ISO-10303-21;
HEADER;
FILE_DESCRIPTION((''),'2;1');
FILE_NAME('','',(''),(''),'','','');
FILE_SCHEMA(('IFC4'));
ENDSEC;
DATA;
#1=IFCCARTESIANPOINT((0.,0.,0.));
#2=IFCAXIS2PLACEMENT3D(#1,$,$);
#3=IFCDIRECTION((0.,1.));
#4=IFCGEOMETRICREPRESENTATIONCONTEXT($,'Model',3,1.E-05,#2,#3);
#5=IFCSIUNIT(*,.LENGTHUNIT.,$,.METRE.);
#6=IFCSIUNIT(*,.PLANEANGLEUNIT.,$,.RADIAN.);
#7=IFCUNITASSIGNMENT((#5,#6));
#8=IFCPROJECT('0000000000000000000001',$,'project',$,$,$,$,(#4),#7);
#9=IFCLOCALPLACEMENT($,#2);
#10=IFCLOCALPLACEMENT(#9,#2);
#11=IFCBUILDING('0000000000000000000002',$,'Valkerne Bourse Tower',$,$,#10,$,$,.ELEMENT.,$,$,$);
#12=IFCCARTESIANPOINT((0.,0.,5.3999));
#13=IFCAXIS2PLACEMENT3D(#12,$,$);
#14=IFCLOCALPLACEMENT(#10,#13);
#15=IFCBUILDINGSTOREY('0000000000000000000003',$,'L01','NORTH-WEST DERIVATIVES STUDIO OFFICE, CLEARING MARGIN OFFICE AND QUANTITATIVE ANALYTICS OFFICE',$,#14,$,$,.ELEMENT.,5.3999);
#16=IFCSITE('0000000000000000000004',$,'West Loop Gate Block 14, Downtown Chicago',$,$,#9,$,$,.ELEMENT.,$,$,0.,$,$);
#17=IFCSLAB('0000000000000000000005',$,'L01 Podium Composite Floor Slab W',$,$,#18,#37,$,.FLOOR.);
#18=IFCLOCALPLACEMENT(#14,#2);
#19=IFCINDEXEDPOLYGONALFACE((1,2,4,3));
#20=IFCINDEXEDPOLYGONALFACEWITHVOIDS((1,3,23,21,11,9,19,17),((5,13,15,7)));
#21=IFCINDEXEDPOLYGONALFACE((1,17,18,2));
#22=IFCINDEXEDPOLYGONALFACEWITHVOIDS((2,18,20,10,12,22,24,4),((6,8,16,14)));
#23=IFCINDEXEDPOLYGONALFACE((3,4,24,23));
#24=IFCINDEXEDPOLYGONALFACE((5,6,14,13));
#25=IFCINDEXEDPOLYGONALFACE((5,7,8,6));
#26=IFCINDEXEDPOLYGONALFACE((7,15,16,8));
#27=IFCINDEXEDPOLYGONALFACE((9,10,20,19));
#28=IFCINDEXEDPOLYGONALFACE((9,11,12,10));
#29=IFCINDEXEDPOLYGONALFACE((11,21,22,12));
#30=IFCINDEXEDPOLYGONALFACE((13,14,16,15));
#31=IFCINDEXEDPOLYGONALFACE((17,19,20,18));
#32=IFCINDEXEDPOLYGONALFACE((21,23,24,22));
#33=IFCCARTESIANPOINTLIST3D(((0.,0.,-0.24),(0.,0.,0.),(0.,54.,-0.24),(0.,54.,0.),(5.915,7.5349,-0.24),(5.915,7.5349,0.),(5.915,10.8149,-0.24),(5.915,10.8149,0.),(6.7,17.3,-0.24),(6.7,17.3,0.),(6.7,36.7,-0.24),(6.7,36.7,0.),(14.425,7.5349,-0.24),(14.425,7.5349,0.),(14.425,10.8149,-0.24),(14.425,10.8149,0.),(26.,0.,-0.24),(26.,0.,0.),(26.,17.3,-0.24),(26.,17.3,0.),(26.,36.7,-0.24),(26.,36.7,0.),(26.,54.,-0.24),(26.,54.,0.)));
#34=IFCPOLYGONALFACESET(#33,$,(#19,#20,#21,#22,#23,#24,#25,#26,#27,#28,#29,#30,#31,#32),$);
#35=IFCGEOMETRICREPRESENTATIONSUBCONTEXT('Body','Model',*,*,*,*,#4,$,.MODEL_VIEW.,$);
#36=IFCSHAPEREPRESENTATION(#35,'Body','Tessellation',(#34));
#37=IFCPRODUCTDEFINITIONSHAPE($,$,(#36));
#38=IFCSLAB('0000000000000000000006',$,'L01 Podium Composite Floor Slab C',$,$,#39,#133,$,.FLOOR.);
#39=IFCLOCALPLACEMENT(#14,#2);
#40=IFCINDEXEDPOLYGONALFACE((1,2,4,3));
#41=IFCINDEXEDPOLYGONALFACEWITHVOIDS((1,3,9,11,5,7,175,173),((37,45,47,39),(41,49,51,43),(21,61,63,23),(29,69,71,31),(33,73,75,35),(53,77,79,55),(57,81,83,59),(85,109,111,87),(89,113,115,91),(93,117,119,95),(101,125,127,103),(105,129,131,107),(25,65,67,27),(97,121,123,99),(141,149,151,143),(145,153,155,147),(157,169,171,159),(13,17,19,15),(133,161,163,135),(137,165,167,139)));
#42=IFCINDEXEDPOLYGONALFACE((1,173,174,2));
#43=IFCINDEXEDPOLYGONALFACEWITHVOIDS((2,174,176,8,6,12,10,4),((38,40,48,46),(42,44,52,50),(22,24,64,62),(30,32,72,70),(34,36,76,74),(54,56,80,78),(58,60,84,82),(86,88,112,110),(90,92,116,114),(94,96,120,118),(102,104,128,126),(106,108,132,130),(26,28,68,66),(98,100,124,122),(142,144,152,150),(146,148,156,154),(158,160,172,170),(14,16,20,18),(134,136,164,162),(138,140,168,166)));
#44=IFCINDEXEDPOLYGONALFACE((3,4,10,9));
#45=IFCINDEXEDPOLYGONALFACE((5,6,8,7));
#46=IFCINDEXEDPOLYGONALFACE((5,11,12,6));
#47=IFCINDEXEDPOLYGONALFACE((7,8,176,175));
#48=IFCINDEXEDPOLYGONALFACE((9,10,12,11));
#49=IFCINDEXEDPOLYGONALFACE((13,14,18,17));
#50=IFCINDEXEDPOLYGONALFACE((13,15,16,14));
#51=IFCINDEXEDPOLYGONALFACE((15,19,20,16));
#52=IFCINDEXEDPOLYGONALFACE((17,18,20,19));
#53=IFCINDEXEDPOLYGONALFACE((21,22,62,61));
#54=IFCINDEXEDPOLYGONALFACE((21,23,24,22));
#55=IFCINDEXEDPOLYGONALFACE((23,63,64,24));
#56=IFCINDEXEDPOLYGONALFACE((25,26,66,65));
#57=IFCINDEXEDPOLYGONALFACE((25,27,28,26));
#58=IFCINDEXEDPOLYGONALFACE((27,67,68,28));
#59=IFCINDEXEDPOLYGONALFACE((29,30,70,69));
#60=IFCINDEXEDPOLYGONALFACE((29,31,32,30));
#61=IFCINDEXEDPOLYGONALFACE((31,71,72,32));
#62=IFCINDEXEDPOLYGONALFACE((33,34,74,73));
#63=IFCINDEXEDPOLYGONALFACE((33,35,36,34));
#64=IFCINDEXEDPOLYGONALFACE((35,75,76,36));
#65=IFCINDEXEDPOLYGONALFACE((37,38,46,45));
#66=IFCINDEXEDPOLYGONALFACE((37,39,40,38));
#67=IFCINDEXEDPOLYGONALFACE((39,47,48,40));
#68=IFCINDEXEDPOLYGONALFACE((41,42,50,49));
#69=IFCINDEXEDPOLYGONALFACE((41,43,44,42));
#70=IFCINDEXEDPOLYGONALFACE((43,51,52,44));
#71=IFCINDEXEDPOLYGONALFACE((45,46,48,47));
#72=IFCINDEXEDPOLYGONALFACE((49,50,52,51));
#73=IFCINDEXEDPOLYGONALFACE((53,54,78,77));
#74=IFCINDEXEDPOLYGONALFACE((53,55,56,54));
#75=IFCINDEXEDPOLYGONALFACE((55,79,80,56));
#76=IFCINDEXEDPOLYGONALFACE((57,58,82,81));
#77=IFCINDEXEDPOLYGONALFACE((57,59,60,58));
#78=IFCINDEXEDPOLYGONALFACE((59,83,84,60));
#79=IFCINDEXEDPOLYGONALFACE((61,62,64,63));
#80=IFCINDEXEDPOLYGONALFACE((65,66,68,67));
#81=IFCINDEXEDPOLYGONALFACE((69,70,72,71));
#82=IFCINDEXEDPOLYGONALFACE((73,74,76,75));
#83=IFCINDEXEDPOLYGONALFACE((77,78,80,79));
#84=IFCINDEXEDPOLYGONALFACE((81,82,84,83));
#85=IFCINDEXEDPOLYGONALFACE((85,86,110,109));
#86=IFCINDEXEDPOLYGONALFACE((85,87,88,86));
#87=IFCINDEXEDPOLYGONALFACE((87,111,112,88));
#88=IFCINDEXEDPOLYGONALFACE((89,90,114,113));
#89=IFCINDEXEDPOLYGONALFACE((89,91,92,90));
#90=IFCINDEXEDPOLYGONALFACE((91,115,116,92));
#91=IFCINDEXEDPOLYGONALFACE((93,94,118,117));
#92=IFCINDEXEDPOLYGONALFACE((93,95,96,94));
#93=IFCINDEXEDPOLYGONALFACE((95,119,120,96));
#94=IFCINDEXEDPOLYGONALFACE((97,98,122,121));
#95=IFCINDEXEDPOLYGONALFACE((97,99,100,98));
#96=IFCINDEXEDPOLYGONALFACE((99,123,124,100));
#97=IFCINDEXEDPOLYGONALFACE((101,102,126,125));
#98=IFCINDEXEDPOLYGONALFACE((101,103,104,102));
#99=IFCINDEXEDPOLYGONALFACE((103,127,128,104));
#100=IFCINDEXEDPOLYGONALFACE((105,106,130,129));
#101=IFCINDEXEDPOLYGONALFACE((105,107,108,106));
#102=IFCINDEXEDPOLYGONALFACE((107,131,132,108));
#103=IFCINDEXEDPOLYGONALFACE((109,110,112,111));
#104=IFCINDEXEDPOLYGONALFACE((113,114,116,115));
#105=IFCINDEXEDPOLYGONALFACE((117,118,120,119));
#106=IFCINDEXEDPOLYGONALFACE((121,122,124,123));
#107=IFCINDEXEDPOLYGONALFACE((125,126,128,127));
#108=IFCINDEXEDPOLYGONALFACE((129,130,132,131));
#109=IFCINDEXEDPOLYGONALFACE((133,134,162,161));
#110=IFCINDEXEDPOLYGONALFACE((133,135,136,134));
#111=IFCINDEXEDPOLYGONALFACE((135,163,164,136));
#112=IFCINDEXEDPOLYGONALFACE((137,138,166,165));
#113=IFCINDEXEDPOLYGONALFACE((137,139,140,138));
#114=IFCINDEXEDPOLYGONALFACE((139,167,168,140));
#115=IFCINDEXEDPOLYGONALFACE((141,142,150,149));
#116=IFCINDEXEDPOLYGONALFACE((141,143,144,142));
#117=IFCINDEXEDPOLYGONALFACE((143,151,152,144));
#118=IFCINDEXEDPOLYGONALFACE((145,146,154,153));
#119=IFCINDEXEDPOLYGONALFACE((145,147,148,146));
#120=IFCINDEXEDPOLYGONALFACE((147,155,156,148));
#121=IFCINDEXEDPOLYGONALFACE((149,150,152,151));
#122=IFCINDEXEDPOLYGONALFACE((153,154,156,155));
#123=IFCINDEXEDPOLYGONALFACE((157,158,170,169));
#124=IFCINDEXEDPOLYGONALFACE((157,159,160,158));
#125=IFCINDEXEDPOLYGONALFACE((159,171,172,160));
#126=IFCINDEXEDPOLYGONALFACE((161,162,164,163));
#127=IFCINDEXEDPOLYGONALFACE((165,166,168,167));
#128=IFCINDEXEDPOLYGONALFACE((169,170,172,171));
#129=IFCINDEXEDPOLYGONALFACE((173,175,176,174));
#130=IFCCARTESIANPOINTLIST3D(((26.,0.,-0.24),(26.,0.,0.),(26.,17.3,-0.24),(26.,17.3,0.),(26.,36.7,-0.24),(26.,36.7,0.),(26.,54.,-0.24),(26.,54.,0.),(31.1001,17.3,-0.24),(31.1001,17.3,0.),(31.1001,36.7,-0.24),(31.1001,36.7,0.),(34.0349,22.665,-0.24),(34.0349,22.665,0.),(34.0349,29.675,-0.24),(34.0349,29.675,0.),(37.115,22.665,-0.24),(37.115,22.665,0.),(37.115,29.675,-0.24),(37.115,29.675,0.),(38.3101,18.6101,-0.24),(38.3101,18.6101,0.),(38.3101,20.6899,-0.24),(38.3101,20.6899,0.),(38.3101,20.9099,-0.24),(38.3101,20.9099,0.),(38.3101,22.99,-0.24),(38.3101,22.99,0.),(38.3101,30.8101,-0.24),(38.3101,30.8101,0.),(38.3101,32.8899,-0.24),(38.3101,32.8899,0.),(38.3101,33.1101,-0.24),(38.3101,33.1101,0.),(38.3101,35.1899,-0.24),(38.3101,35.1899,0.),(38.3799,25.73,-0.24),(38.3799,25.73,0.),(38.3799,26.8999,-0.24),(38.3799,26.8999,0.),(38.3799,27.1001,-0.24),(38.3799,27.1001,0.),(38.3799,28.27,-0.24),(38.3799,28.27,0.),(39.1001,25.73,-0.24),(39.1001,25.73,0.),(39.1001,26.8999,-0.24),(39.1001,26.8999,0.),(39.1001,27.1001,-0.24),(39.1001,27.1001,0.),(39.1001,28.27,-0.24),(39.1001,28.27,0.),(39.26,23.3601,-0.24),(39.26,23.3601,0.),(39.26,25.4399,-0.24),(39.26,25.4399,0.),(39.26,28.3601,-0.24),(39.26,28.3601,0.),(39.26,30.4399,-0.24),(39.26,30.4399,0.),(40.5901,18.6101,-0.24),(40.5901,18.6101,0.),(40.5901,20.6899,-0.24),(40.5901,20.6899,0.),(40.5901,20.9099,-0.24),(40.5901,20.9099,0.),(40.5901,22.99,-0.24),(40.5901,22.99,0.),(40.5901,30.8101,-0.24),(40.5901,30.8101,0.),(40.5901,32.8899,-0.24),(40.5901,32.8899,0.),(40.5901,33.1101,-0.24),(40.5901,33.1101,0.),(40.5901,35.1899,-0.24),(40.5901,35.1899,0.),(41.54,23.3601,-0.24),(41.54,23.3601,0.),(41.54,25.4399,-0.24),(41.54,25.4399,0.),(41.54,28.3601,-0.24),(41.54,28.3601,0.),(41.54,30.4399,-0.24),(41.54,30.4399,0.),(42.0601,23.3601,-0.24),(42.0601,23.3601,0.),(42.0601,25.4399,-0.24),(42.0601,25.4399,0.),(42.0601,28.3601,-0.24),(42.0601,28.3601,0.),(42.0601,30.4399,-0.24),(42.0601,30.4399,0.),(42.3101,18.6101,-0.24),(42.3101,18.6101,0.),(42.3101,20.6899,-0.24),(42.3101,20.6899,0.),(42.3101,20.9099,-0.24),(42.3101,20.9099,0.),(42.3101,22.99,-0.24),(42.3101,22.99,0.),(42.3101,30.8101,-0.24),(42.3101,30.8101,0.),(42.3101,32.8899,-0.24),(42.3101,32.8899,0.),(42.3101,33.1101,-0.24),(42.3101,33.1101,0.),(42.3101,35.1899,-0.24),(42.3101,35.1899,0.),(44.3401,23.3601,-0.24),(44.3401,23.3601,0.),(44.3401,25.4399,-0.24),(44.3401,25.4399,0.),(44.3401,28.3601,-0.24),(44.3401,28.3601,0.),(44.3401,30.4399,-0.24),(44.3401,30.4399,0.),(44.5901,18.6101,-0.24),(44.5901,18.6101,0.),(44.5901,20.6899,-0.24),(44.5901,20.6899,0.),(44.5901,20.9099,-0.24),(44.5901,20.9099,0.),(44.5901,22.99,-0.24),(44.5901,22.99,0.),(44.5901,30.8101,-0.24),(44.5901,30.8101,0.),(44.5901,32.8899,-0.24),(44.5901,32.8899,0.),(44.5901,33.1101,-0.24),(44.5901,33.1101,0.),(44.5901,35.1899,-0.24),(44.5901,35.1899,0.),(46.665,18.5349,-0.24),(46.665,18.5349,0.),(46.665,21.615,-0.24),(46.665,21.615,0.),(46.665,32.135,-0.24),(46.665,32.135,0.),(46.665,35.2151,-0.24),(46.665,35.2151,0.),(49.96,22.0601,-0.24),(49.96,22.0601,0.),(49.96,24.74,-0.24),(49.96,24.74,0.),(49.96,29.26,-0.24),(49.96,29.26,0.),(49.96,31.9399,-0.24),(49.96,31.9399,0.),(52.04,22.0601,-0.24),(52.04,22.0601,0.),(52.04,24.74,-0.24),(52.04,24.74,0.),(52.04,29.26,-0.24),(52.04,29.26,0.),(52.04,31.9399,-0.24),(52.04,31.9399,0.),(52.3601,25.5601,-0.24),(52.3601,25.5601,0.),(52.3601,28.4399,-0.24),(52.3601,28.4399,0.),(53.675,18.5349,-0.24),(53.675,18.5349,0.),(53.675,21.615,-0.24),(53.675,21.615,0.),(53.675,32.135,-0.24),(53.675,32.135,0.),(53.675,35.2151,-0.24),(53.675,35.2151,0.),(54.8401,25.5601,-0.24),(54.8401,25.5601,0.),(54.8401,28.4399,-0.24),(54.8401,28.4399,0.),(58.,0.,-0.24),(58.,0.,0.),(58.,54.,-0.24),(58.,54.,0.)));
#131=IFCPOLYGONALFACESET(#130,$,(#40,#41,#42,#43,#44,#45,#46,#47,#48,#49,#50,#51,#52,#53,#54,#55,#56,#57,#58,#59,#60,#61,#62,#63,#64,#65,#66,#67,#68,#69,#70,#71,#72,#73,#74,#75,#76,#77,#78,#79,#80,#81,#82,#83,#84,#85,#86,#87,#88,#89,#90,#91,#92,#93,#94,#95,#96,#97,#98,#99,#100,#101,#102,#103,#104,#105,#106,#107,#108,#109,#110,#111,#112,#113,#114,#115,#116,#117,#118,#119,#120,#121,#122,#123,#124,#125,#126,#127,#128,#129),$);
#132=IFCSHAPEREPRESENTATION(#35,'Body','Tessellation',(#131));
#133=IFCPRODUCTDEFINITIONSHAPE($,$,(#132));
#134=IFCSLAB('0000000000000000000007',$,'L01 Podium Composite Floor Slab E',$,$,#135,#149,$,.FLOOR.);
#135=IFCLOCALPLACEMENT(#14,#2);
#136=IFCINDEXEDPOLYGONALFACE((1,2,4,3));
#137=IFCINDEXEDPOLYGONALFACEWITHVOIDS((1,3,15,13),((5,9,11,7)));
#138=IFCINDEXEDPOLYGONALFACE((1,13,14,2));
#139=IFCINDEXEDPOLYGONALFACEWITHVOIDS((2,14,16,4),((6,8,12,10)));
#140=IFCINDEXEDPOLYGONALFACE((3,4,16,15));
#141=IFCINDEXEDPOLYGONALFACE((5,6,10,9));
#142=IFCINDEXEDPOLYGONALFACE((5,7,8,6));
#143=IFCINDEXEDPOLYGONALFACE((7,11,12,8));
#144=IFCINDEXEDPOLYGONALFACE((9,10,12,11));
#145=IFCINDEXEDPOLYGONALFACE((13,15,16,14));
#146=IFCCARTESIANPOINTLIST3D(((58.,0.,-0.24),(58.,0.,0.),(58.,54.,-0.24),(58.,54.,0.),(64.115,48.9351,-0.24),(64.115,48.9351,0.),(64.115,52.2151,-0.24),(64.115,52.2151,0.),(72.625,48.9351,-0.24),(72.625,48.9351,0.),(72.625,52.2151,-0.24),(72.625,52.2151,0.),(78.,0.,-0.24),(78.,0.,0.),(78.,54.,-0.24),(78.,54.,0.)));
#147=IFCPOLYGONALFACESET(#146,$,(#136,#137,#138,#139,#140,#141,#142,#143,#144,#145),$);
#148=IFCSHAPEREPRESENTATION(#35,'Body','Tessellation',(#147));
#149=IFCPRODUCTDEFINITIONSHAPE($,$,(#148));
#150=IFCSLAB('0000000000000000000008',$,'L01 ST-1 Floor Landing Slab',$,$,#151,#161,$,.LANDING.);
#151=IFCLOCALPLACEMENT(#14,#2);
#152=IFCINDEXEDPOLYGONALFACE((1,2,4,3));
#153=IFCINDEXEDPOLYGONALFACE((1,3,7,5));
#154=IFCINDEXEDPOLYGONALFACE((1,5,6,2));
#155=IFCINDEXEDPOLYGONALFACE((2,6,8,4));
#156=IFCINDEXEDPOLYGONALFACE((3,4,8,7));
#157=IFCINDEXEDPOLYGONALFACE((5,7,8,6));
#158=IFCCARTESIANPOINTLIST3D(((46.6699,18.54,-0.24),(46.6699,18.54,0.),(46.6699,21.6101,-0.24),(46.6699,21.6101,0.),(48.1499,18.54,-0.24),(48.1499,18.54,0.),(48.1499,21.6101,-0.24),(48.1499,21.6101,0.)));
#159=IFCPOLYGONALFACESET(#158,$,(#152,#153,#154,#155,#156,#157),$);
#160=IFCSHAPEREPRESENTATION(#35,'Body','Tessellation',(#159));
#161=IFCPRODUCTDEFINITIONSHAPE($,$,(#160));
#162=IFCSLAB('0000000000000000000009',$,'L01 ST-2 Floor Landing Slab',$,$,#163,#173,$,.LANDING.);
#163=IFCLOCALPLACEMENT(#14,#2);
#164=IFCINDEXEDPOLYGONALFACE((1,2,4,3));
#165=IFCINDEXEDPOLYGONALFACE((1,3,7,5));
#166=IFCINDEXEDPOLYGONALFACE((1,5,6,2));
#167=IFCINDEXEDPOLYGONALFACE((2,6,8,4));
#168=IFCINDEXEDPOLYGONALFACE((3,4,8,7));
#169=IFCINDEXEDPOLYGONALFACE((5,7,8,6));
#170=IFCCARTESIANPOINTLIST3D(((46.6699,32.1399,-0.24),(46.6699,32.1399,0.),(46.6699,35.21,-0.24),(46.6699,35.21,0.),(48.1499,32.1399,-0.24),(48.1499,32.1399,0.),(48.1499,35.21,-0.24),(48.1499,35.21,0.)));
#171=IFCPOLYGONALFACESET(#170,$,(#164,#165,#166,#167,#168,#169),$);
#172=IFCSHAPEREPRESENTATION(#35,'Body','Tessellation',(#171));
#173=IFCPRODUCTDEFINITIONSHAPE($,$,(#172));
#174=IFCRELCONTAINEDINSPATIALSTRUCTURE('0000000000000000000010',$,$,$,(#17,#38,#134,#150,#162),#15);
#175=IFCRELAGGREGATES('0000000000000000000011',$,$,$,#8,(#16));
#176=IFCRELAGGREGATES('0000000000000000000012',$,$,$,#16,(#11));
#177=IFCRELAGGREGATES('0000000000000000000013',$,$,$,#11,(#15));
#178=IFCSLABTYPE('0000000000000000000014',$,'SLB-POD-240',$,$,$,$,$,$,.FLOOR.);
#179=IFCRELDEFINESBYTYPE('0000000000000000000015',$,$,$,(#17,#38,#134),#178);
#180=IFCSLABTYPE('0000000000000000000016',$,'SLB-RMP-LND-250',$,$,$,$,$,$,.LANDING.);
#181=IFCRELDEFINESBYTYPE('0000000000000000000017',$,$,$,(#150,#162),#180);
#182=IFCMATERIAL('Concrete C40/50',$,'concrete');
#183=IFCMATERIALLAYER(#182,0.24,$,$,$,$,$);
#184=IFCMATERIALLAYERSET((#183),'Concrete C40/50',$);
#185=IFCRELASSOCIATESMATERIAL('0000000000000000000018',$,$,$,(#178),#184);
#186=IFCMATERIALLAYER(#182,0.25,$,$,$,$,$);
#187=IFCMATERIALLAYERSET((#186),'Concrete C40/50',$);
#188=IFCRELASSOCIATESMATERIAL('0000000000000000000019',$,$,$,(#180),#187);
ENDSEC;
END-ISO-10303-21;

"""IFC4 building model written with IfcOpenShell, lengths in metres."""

from ifc_helpers import new_model, si_unit, direction, frame, origin, place, context, subcontext, project, spatial, polyline, outline, extrude, material, layer, layer_set, type_object, element, save


model = new_model("IFC4")

# Units and contexts
model_context = context("Model", 3, precision=1e-05, world=origin(), true_north=direction((0.0, 1.0)))
body_context = subcontext(model_context, "Body", "Model", "MODEL_VIEW")
ifc_project = project(units=[si_unit("LENGTHUNIT", "METRE"), si_unit("PLANEANGLEUNIT", "RADIAN")], contexts=[model_context])

# Site, building, storey
site_placement = place(None, origin())
site = spatial("IfcSite", under=ifc_project, at=site_placement, Name="West Loop Gate Block 14, Downtown Chicago", CompositionType="ELEMENT", RefElevation=0.0)
building_placement = place(site_placement, origin())
building = spatial("IfcBuilding", under=site, at=building_placement, Name="Valkerne Bourse Tower", CompositionType="ELEMENT")
storey_placement = place(building_placement, frame((0.0, 0.0, 5.3999)))
storey = spatial("IfcBuildingStorey", under=building, at=storey_placement, Name="L01", Description="NORTH-WEST DERIVATIVES STUDIO OFFICE, CLEARING MARGIN OFFICE AND QUANTITATIVE ANALYTICS OFFICE", CompositionType="ELEMENT", Elevation=5.3999)

# Slabs
ifc_material_1 = material(Name="Concrete C40/50", Category="concrete")
ifc_layer_1 = layer(ifc_material_1, 0.24)
ifc_layer_set_1 = layer_set([ifc_layer_1], Name="Concrete C40/50")
slab_type_1 = type_object("IfcSlabType", Name="SLB-POD-240", PredefinedType="FLOOR", material=ifc_layer_set_1)
slab_1_placement = place(storey_placement, frame((0.0, 0.0, -0.24)))
element("IfcSlab", 1, at=slab_1_placement, inside=storey, type_object=slab_type_1, Name="L01 Podium Composite Floor Slab W", PredefinedType="FLOOR", context=body_context, shape_type="SweptSolid", body=[
    extrude(outline(polyline([(26.0, 0.0), (0.0, 0.0), (0.0, 54.0), (26.0, 54.0), (26.0, 36.7), (6.7, 36.7), (6.7, 17.3), (26.0, 17.3), (26.0, 0.0)]), holes=[polyline([(14.425, 7.5349), (14.425, 10.8149), (5.915, 10.8149), (5.915, 7.5349), (14.425, 7.5349)])]), origin(), (0.0, 0.0, 1.0), 0.24),
])
slab_2_placement = place(storey_placement, frame((0.0, 0.0, -0.24)))
element("IfcSlab", 2, at=slab_2_placement, inside=storey, type_object=slab_type_1, Name="L01 Podium Composite Floor Slab C", PredefinedType="FLOOR", context=body_context, shape_type="SweptSolid", body=[
    extrude(outline(polyline([(26.0, 54.0), (58.0, 54.0), (58.0, 0.0), (26.0, 0.0), (26.0, 17.3), (31.1001, 17.3), (31.1001, 36.7), (26.0, 36.7), (26.0, 54.0)]), holes=[polyline([(40.5901, 18.6101), (40.5901, 20.6899), (38.3101, 20.6899), (38.3101, 18.6101), (40.5901, 18.6101)]), polyline([(40.5901, 20.9099), (40.5901, 22.99), (38.3101, 22.99), (38.3101, 20.9099), (40.5901, 20.9099)]), polyline([(39.26, 23.3601), (41.54, 23.3601), (41.54, 25.4399), (39.26, 25.4399), (39.26, 23.3601)]), polyline([(37.115, 22.665), (37.115, 29.675), (34.0349, 29.675), (34.0349, 22.665), (37.115, 22.665)]), polyline([(39.1001, 25.73), (39.1001, 26.8999), (38.3799, 26.8999), (38.3799, 25.73), (39.1001, 25.73)]), polyline([(38.3799, 27.1001), (39.1001, 27.1001), (39.1001, 28.27), (38.3799, 28.27), (38.3799, 27.1001)]), polyline([(41.54, 28.3601), (41.54, 30.4399), (39.26, 30.4399), (39.26, 28.3601), (41.54, 28.3601)]), polyline([(42.0601, 28.3601), (44.3401, 28.3601), (44.3401, 30.4399), (42.0601, 30.4399), (42.0601, 28.3601)]), polyline([(38.3101, 30.8101), (40.5901, 30.8101), (40.5901, 32.8899), (38.3101, 32.8899), (38.3101, 30.8101)]), polyline([(40.5901, 33.1101), (40.5901, 35.1899), (38.3101, 35.1899), (38.3101, 33.1101), (40.5901, 33.1101)]), polyline([(42.3101, 18.6101), (44.5901, 18.6101), (44.5901, 20.6899), (42.3101, 20.6899), (42.3101, 18.6101)]), polyline([(46.665, 18.5349), (53.675, 18.5349), (53.675, 21.615), (46.665, 21.615), (46.665, 18.5349)]), polyline([(44.5901, 20.9099), (44.5901, 22.99), (42.3101, 22.99), (42.3101, 20.9099), (44.5901, 20.9099)]), polyline([(49.96, 22.0601), (52.04, 22.0601), (52.04, 24.74), (49.96, 24.74), (49.96, 22.0601)]), polyline([(42.0601, 23.3601), (44.3401, 23.3601), (44.3401, 25.4399), (42.0601, 25.4399), (42.0601, 23.3601)]), polyline([(54.8401, 25.5601), (54.8401, 28.4399), (52.3601, 28.4399), (52.3601, 25.5601), (54.8401, 25.5601)]), polyline([(49.96, 29.26), (52.04, 29.26), (52.04, 31.9399), (49.96, 31.9399), (49.96, 29.26)]), polyline([(42.3101, 30.8101), (44.5901, 30.8101), (44.5901, 32.8899), (42.3101, 32.8899), (42.3101, 30.8101)]), polyline([(53.675, 32.135), (53.675, 35.2151), (46.665, 35.2151), (46.665, 32.135), (53.675, 32.135)]), polyline([(42.3101, 33.1101), (44.5901, 33.1101), (44.5901, 35.1899), (42.3101, 35.1899), (42.3101, 33.1101)])]), origin(), (0.0, 0.0, 1.0), 0.24),
])
slab_3_placement = place(storey_placement, frame((0.0, 0.0, -0.24)))
element("IfcSlab", 3, at=slab_3_placement, inside=storey, type_object=slab_type_1, Name="L01 Podium Composite Floor Slab E", PredefinedType="FLOOR", context=body_context, shape_type="SweptSolid", body=[
    extrude(outline(polyline([(58.0, 0.0), (58.0, 54.0), (78.0, 54.0), (78.0, 0.0), (58.0, 0.0)]), holes=[polyline([(64.115, 48.9351), (72.625, 48.9351), (72.625, 52.2151), (64.115, 52.2151), (64.115, 48.9351)])]), origin(), (0.0, 0.0, 1.0), 0.24),
])
ifc_layer_2 = layer(ifc_material_1, 0.25)
ifc_layer_set_2 = layer_set([ifc_layer_2], Name="Concrete C40/50")
slab_type_2 = type_object("IfcSlabType", Name="SLB-RMP-LND-250", PredefinedType="LANDING", material=ifc_layer_set_2)
slab_4_placement = place(storey_placement, frame((0.0, 0.0, -0.24)))
element("IfcSlab", 4, at=slab_4_placement, inside=storey, type_object=slab_type_2, Name="L01 ST-1 Floor Landing Slab", PredefinedType="LANDING", context=body_context, shape_type="SweptSolid", body=[
    extrude(outline(polyline([(46.6699, 18.54), (48.1499, 18.54), (48.1499, 21.6101), (46.6699, 21.6101), (46.6699, 18.54)])), origin(), (0.0, 0.0, 1.0), 0.24),
])
slab_5_placement = place(storey_placement, frame((0.0, 0.0, -0.24)))
element("IfcSlab", 5, at=slab_5_placement, inside=storey, type_object=slab_type_2, Name="L01 ST-2 Floor Landing Slab", PredefinedType="LANDING", context=body_context, shape_type="SweptSolid", body=[
    extrude(outline(polyline([(46.6699, 32.1399), (48.1499, 32.1399), (48.1499, 35.21), (46.6699, 35.21), (46.6699, 32.1399)])), origin(), (0.0, 0.0, 1.0), 0.24),
])

save(model, "model.ifc")
